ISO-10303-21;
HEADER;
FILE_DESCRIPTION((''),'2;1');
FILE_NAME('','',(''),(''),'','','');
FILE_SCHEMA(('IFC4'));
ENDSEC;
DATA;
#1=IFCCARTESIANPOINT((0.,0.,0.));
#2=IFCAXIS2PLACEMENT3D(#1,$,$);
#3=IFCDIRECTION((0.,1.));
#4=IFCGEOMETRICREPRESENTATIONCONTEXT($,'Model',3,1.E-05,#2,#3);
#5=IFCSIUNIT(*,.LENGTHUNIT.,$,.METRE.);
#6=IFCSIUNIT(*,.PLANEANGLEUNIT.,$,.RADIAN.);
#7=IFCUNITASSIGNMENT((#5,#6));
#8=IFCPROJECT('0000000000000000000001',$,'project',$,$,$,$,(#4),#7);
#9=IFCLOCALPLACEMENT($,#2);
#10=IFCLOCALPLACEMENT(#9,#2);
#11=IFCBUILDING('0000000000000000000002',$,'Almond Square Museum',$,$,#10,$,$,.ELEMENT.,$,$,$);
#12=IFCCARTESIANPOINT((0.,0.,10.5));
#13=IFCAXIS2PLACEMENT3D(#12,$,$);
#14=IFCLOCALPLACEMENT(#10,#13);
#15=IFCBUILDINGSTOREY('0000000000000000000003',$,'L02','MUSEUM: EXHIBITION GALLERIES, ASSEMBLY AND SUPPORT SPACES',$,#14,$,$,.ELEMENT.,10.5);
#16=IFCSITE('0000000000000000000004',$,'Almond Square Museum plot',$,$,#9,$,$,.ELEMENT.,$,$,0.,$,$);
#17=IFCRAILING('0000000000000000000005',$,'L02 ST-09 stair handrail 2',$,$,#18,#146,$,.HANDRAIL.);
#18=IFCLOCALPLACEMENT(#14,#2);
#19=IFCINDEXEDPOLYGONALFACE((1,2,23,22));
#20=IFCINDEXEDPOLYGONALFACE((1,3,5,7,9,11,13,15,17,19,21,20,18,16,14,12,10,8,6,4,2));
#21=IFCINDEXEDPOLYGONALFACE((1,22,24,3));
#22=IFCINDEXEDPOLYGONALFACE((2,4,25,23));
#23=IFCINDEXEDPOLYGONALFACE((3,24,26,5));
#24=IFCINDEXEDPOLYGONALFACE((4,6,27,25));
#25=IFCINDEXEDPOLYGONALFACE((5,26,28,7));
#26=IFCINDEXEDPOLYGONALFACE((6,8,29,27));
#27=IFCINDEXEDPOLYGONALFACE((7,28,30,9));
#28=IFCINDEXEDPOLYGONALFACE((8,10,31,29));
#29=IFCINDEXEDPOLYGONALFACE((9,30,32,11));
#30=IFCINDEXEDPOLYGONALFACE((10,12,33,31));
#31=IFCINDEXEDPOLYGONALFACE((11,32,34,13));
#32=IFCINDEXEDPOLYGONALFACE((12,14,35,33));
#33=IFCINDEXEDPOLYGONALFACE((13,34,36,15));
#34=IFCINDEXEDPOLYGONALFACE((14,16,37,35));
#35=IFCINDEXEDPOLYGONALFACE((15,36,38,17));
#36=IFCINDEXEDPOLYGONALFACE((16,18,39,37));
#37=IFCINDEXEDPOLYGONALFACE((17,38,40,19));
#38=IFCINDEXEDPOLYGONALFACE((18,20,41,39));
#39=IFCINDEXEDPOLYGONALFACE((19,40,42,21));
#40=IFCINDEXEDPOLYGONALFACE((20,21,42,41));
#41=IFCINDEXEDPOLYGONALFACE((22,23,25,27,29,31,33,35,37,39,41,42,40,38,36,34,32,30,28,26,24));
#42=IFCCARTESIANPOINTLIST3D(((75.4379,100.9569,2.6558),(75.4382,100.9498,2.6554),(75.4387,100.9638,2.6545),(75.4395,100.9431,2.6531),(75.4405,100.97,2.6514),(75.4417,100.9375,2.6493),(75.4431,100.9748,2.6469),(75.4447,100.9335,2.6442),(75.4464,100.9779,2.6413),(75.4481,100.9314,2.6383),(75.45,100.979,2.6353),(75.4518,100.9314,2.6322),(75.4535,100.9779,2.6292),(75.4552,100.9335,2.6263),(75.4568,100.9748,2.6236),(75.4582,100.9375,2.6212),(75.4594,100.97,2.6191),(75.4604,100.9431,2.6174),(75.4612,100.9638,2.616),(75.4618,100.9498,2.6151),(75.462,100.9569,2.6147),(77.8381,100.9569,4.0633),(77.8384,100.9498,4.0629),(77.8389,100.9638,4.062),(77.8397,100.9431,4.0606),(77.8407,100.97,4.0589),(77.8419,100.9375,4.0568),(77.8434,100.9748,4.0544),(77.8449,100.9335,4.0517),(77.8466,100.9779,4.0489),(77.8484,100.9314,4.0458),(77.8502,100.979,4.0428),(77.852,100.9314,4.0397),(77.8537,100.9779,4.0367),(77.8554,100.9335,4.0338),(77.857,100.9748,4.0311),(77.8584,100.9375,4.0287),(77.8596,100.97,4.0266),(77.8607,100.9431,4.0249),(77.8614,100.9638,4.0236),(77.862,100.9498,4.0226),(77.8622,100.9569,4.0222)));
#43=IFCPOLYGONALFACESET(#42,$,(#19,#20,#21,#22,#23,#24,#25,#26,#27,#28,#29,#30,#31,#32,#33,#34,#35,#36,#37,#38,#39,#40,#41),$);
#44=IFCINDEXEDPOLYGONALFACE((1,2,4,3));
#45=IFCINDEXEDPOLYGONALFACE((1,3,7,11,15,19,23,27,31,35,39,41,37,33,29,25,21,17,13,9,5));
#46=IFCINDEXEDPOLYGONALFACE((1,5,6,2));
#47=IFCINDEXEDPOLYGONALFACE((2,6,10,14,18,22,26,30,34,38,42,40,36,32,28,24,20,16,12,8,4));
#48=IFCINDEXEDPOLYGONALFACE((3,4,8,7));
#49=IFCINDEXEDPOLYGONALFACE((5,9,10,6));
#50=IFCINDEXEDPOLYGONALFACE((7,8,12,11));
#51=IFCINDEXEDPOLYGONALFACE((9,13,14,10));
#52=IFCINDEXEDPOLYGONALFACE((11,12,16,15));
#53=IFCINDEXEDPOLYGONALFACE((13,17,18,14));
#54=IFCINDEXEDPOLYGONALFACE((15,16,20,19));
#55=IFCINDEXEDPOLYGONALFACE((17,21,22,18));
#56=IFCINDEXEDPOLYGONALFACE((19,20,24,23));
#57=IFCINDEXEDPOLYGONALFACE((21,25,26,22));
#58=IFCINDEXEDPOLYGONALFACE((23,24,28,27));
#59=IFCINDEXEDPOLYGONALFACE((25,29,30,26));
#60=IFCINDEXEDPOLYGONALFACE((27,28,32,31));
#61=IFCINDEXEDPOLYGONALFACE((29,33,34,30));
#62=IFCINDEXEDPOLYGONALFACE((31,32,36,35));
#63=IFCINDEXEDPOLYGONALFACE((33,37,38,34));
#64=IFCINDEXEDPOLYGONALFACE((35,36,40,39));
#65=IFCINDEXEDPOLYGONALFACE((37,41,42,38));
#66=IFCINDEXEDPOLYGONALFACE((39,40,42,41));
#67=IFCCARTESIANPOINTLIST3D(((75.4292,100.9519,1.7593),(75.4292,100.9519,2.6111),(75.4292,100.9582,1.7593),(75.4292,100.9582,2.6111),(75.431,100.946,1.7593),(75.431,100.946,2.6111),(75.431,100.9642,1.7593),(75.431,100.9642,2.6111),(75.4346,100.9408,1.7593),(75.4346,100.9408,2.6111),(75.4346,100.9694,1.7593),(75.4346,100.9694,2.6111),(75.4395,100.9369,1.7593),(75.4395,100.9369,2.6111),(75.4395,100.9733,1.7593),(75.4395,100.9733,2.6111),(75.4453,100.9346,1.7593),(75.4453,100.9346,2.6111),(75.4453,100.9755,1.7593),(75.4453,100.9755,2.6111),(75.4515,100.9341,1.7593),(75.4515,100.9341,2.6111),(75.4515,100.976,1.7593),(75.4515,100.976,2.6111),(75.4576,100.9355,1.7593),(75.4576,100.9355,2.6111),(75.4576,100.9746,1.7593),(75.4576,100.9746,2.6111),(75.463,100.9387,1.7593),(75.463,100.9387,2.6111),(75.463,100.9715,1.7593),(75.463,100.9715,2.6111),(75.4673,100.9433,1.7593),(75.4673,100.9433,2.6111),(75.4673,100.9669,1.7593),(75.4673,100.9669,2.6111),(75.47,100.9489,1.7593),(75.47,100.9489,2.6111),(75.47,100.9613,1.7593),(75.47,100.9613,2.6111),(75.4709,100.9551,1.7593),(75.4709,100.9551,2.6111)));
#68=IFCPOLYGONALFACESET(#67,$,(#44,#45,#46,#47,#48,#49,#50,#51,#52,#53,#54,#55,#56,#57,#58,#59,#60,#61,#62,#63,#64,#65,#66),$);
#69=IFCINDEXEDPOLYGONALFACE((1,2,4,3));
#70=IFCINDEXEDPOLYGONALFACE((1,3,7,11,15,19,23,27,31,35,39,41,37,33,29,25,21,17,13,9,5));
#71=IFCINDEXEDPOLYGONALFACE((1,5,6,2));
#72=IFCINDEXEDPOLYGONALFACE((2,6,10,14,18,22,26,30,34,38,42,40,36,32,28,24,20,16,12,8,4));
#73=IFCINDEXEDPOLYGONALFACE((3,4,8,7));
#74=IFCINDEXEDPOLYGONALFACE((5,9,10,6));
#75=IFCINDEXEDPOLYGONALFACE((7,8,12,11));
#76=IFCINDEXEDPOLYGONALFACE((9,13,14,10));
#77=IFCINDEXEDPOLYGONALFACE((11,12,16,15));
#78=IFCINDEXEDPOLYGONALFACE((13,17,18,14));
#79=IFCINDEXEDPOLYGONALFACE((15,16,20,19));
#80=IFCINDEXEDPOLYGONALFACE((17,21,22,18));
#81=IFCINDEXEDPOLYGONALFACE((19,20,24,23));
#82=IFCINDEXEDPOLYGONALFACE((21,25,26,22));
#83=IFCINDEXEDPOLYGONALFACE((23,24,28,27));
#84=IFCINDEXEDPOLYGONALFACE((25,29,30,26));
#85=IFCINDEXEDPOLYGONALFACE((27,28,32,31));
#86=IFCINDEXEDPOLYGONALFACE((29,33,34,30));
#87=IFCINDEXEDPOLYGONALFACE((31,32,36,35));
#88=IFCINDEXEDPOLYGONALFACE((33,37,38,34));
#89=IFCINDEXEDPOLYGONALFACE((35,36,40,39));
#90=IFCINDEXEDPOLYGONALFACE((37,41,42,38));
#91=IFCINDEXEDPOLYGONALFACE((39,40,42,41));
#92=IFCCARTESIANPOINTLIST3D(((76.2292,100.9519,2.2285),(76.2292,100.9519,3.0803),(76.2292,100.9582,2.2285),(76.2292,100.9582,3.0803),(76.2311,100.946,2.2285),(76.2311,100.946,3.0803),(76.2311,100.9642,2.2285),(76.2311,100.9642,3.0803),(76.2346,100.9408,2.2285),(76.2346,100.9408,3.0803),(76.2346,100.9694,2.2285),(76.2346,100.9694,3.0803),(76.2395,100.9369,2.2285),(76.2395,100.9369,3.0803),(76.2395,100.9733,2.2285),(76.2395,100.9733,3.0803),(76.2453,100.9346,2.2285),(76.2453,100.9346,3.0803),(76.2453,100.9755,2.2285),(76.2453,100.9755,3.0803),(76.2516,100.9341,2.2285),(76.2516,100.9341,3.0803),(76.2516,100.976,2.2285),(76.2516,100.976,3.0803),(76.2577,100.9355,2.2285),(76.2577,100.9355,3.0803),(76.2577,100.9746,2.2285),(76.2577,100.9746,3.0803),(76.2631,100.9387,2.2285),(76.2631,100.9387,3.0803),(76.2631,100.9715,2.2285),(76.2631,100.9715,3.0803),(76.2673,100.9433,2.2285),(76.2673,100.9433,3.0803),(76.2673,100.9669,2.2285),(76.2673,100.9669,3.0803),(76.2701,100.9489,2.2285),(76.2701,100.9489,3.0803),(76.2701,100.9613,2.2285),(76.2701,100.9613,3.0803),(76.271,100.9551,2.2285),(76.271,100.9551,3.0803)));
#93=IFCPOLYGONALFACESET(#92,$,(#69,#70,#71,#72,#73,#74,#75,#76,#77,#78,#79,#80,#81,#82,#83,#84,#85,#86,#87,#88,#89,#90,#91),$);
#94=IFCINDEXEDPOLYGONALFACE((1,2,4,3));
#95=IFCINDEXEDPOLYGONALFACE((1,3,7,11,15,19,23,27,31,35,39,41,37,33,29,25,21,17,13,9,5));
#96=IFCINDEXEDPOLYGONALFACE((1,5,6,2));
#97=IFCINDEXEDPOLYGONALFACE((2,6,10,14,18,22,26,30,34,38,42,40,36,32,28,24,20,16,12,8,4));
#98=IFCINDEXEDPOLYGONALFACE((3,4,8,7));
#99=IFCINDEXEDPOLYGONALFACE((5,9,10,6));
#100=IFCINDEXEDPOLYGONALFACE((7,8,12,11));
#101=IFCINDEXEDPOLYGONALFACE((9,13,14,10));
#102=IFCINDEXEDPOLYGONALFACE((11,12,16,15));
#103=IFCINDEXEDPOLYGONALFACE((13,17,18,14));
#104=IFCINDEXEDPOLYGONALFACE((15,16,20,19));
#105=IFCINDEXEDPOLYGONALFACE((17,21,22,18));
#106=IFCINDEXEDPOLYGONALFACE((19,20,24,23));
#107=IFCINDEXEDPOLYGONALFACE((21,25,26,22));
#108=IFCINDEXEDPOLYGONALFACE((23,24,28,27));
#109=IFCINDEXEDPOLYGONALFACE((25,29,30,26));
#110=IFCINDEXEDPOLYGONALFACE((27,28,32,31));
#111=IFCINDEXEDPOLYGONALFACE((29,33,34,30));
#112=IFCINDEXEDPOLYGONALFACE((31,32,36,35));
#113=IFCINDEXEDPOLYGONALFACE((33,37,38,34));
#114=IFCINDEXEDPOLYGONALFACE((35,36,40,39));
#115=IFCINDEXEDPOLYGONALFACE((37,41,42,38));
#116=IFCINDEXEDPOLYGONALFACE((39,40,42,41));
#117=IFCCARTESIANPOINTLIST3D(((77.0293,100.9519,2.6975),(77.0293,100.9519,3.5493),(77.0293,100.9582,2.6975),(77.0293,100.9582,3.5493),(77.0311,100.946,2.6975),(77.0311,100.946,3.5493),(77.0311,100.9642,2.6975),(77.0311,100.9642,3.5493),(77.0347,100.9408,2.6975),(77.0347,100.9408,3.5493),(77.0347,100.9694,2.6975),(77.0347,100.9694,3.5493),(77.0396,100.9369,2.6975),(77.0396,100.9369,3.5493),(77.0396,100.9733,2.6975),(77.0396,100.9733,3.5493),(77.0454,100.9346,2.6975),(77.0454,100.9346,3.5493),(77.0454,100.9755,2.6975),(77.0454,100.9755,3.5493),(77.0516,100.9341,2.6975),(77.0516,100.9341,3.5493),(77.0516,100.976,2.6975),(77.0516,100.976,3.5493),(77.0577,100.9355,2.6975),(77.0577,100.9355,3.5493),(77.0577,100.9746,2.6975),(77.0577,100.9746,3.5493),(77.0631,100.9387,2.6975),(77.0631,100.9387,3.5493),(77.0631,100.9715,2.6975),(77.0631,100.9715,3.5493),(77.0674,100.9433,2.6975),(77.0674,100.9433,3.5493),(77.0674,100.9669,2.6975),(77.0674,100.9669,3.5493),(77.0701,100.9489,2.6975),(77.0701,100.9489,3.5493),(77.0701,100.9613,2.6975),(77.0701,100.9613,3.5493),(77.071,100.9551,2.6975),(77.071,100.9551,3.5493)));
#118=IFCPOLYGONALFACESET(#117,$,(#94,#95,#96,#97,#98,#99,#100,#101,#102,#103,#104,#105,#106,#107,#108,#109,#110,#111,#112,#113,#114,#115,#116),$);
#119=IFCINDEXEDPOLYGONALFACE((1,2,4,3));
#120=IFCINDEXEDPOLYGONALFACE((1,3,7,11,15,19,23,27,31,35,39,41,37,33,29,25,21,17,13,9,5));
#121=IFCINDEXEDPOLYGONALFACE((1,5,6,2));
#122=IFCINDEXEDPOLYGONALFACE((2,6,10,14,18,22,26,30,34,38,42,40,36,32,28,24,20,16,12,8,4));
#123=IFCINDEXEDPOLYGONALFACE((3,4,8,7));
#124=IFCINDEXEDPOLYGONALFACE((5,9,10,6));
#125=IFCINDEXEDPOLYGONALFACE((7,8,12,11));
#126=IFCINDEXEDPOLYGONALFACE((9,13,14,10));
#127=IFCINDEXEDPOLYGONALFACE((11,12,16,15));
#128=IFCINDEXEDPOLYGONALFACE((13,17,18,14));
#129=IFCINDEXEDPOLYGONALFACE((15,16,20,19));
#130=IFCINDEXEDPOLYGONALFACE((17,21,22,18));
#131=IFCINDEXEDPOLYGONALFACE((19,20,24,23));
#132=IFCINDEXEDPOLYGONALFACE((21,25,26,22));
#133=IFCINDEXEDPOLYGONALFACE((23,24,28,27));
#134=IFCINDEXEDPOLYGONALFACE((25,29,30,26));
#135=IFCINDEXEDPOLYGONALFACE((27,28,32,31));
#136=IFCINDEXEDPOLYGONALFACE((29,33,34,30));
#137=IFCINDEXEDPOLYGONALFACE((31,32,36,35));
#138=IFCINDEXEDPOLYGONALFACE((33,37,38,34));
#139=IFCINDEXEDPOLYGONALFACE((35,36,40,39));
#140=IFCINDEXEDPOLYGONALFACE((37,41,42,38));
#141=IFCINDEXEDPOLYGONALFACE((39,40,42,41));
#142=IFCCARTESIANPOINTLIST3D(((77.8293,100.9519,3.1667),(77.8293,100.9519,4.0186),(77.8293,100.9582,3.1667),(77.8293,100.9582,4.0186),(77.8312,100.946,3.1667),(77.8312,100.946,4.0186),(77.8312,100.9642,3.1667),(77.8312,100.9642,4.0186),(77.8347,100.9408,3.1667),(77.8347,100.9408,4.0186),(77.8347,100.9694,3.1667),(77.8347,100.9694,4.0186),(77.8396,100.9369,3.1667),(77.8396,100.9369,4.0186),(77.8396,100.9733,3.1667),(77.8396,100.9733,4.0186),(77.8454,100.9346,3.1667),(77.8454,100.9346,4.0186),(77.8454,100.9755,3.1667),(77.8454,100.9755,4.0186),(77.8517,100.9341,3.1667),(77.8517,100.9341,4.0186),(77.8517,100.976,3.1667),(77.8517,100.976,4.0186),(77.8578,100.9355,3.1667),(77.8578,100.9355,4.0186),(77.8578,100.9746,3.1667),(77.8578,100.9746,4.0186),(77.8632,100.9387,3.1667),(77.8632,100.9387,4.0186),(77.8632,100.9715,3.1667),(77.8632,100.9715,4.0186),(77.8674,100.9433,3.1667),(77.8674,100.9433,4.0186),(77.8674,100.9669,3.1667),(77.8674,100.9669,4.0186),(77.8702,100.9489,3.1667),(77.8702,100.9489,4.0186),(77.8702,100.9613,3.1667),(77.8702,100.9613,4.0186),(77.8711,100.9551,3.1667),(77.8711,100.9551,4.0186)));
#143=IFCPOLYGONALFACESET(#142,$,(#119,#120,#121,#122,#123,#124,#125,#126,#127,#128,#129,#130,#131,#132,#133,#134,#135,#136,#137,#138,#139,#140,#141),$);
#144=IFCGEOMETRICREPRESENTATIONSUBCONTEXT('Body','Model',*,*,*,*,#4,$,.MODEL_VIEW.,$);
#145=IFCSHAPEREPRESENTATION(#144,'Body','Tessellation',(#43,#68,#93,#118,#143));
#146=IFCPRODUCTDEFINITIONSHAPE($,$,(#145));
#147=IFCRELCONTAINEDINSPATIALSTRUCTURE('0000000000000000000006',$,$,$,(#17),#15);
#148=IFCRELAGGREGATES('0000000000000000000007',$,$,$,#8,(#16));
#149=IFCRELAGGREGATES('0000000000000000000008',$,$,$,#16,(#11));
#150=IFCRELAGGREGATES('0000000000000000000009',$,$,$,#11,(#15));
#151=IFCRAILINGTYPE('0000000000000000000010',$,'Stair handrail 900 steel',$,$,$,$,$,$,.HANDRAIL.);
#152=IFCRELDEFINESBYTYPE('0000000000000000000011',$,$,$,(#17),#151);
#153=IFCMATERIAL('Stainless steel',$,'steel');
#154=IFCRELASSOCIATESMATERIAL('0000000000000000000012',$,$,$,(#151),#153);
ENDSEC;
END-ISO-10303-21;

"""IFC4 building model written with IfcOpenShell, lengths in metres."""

from ifc_helpers import new_model, si_unit, direction, frame, origin, origin_2d, place, context, subcontext, project, spatial, circle, extrude, material, type_object, element, save


model = new_model("IFC4")

# Units and contexts
model_context = context("Model", 3, precision=1e-05, world=origin(), true_north=direction((0.0, 1.0)))
body_context = subcontext(model_context, "Body", "Model", "MODEL_VIEW")
ifc_project = project(units=[si_unit("LENGTHUNIT", "METRE"), si_unit("PLANEANGLEUNIT", "RADIAN")], contexts=[model_context])

# Site, building, storey
site_placement = place(None, origin())
site = spatial("IfcSite", under=ifc_project, at=site_placement, Name="Almond Square Museum plot", CompositionType="ELEMENT", RefElevation=0.0)
building_placement = place(site_placement, origin())
building = spatial("IfcBuilding", under=site, at=building_placement, Name="Almond Square Museum", CompositionType="ELEMENT")
storey_placement = place(building_placement, frame((0.0, 0.0, 10.5)))
storey = spatial("IfcBuildingStorey", under=building, at=storey_placement, Name="L02", Description="MUSEUM: EXHIBITION GALLERIES, ASSEMBLY AND SUPPORT SPACES", CompositionType="ELEMENT", Elevation=10.5)

# Railing
ifc_material_1 = material(Name="Stainless steel", Category="steel")
railing_type_1 = type_object("IfcRailingType", Name="Stair handrail 900 steel", PredefinedType="HANDRAIL", material=ifc_material_1)
railing_1_placement = place(storey_placement, frame((75.45, 100.9551, 1.7593)))
element("IfcRailing", 1, at=railing_1_placement, inside=storey, type_object=railing_type_1, Name="L02 ST-09 stair handrail 2", PredefinedType="HANDRAIL", context=body_context, shape_type="SweptSolid", body=[
    extrude(circle(Radius=0.0239, at=origin_2d()), frame((0.0, 0.0, 0.876), z_axis=(0.862621, 0.0, 0.50585), x_axis=(0.0, 1.0, 0.0)), (0.0, 0.0, 1.0), 2.7825),
    extrude(circle(Radius=0.021, at=origin_2d()), origin(), (0.0, 0.0, 1.0), 0.8518),
    extrude(circle(Radius=0.021, at=origin_2d()), frame((0.8, 0.0, 0.4692)), (0.0, 0.0, 1.0), 0.8518),
    extrude(circle(Radius=0.021, at=origin_2d()), frame((1.6001, 0.0, 0.9382)), (0.0, 0.0, 1.0), 0.8518),
    extrude(circle(Radius=0.021, at=origin_2d()), frame((2.4001, 0.0, 1.4075)), (0.0, 0.0, 1.0), 0.8518),
])

save(model, "model.ifc")
